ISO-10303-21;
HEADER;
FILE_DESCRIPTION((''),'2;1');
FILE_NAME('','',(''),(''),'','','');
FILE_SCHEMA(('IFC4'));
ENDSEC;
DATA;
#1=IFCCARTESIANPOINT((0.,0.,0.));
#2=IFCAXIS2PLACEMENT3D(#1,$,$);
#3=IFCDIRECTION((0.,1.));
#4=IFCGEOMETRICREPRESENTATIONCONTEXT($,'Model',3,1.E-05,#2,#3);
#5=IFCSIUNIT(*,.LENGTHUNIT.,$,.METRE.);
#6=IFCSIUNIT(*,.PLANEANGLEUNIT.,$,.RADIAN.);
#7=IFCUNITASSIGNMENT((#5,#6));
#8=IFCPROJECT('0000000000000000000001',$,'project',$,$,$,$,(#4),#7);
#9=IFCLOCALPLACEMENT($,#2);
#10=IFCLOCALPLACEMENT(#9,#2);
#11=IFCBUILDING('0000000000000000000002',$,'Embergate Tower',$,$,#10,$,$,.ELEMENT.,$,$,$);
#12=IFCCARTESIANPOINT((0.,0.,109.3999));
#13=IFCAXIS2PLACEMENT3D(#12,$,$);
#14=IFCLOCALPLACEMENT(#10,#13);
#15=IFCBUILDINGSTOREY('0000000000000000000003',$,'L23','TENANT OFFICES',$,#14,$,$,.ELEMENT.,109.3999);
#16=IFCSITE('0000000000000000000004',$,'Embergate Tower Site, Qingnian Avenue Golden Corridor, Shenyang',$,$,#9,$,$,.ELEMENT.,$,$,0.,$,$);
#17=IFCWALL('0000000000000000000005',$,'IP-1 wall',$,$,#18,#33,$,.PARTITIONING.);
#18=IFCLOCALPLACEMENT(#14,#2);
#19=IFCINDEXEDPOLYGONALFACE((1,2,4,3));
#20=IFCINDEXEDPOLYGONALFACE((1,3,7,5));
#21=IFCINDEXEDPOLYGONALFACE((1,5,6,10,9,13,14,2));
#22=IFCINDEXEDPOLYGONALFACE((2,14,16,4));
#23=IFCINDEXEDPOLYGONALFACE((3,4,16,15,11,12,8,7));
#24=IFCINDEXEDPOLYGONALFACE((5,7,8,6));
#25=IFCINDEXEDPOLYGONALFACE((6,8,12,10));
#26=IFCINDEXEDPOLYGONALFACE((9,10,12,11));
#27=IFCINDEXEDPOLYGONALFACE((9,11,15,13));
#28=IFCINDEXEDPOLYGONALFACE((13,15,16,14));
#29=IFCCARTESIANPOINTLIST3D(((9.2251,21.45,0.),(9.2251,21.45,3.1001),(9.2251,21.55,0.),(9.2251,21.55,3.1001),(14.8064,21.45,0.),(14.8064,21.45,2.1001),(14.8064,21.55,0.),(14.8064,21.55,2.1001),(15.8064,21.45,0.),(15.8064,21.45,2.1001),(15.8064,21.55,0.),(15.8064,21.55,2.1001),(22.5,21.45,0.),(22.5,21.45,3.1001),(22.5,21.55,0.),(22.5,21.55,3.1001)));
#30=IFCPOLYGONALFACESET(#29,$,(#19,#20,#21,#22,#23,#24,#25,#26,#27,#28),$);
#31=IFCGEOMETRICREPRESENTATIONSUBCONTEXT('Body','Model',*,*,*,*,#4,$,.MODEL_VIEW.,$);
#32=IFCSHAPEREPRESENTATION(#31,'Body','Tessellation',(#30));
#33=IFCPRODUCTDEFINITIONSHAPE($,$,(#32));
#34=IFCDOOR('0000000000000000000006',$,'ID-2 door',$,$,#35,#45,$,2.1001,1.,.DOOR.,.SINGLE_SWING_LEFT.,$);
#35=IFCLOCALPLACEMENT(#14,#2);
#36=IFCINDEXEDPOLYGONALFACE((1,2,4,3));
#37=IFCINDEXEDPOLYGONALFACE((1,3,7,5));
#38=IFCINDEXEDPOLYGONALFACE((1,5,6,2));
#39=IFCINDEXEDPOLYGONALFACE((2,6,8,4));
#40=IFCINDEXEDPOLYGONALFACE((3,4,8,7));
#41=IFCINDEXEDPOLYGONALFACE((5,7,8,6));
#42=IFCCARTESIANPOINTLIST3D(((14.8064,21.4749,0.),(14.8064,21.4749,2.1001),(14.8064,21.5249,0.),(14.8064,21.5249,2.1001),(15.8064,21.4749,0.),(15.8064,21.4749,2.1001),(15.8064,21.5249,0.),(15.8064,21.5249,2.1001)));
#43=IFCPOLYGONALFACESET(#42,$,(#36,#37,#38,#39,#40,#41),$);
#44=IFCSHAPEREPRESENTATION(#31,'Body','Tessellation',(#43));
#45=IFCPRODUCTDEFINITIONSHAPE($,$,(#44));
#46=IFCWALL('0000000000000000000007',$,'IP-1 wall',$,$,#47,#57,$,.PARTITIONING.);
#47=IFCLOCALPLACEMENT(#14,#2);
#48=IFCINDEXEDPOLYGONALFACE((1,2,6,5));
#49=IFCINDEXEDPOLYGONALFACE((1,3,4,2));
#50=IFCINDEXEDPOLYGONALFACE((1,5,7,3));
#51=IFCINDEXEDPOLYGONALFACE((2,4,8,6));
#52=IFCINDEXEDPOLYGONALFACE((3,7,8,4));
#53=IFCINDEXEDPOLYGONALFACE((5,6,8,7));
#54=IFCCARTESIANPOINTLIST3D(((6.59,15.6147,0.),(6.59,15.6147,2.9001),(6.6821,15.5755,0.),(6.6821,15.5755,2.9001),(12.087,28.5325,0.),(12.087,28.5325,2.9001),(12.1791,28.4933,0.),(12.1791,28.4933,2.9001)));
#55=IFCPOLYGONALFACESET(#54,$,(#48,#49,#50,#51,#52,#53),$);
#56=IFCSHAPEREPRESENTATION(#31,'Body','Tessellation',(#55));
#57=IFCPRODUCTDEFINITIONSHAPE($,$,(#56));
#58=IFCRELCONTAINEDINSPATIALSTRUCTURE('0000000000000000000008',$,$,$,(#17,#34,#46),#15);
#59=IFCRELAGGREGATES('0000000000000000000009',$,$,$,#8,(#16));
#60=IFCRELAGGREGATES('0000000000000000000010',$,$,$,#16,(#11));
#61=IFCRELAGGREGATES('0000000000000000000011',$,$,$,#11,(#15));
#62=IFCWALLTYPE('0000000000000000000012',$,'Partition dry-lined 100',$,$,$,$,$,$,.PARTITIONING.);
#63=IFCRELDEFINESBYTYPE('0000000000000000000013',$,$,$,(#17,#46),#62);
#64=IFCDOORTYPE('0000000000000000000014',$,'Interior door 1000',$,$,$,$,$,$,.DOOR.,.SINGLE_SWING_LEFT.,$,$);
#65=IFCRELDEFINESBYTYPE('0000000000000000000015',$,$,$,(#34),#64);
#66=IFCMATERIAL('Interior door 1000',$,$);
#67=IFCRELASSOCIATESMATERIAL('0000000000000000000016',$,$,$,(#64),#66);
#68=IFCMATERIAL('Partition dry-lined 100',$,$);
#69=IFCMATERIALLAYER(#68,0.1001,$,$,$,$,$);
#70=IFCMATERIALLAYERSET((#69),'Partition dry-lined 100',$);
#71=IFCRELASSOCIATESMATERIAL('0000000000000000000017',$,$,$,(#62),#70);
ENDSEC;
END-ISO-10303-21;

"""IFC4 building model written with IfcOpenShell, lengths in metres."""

from ifc_helpers import new_model, si_unit, direction, frame, frame_2d, origin, place, context, subcontext, project, spatial, rectangle, extrude, source, transform, mapped, material, layer, layer_set, type_object, element, fill, save


model = new_model("IFC4")

# Units and contexts
model_context = context("Model", 3, precision=1e-05, world=origin(), true_north=direction((0.0, 1.0)))
body_context = subcontext(model_context, "Body", "Model", "MODEL_VIEW")
ifc_project = project(units=[si_unit("LENGTHUNIT", "METRE"), si_unit("PLANEANGLEUNIT", "RADIAN")], contexts=[model_context])

# Site, building, storey
site_placement = place(None, origin())
site = spatial("IfcSite", under=ifc_project, at=site_placement, Name="Embergate Tower Site, Qingnian Avenue Golden Corridor, Shenyang", CompositionType="ELEMENT", RefElevation=0.0)
building_placement = place(site_placement, origin())
building = spatial("IfcBuilding", under=site, at=building_placement, Name="Embergate Tower", CompositionType="ELEMENT")
storey_placement = place(building_placement, frame((0.0, 0.0, 109.3999)))
storey = spatial("IfcBuildingStorey", under=building, at=storey_placement, Name="L23", Description="TENANT OFFICES", CompositionType="ELEMENT", Elevation=109.3999)

# Shared definitions
ifc_material_1 = material(Name="Interior door 1000")
door_type_1 = type_object("IfcDoorType", Name="Interior door 1000", OperationType="SINGLE_SWING_LEFT", PredefinedType="DOOR", material=ifc_material_1)
shared_shape_1 = source(origin(), body_context, "Body", "SweptSolid", [
    extrude(rectangle(XDim=1.0, YDim=2.1001, at=frame_2d((0.5, 1.05))), frame((0.0, 0.0249, 0.0), z_axis=(0.0, -1.0, 0.0), x_axis=(1.0, 0.0, 0.0)), (0.0, 0.0, 1.0), 0.05),
])

# Shared definitions
ifc_material_2 = material(Name="Partition dry-lined 100")
ifc_layer_1 = layer(ifc_material_2, 0.1001)
ifc_layer_set_1 = layer_set([ifc_layer_1], Name="Partition dry-lined 100")
wall_type_1 = type_object("IfcWallType", Name="Partition dry-lined 100", PredefinedType="PARTITIONING", material=ifc_layer_set_1)

# Wall, opening, door
shared_shape_2 = source(origin(), body_context, "Body", "SweptSolid", [
    extrude(rectangle(XDim=13.2749, YDim=0.1001, at=frame_2d((6.6375, 0.0))), origin(), (0.0, 0.0, 1.0), 3.1001),
])
wall_1_placement = place(storey_placement, frame((9.2251, 21.5, 0.0), z_axis=(0.0, 0.0, 1.0), x_axis=(1.0, 0.0, 0.0)))
wall_1 = element("IfcWall", 1, at=wall_1_placement, inside=storey, type_object=wall_type_1, Name="IP-1 wall", PredefinedType="PARTITIONING", context=body_context, shape_type="MappedRepresentation", body=[
    mapped(shared_shape_2, transform((0.0, 0.0, 0.0))),
])
shared_shape_3 = source(origin(), body_context, "Body", "SweptSolid", [
    extrude(rectangle(XDim=1.0, YDim=2.1001, at=frame_2d((0.5, 1.05))), frame((0.0, 0.0601, 0.0), z_axis=(0.0, -1.0, 0.0), x_axis=(1.0, 0.0, 0.0)), (0.0, 0.0, 1.0), 0.1201),
])
opening_1_placement = place(wall_1_placement, frame((5.5813, 0.0, 0.0)))
opening_1 = element("IfcOpeningElement", 2, at=opening_1_placement, cuts=wall_1, PredefinedType="OPENING", context=body_context, shape_type="MappedRepresentation", body=[
    mapped(shared_shape_3, transform((0.0, 0.0, 0.0))),
])
door_1_placement = place(opening_1_placement, origin())
door_1 = element("IfcDoor", 3, at=door_1_placement, inside=storey, type_object=door_type_1, Name="ID-2 door", OperationType="SINGLE_SWING_LEFT", OverallHeight=2.1001, OverallWidth=1.0, PredefinedType="DOOR", context=body_context, shape_type="MappedRepresentation", body=[
    mapped(shared_shape_1, transform((0.0, 0.0, 0.0))),
])
fill(opening_1, door_1)

# Wall
shared_shape_4 = source(origin(), body_context, "Body", "SweptSolid", [
    extrude(rectangle(XDim=14.0388, YDim=0.1001, at=frame_2d((7.0195, 0.0))), origin(), (0.0, 0.0, 1.0), 2.9001),
])
wall_2_placement = place(storey_placement, frame((6.636, 15.595, 0.0), z_axis=(0.0, 0.0, 1.0), x_axis=(0.391559, 0.920153, 0.0)))
element("IfcWall", 4, at=wall_2_placement, inside=storey, type_object=wall_type_1, Name="IP-1 wall", PredefinedType="PARTITIONING", context=body_context, shape_type="MappedRepresentation", body=[
    mapped(shared_shape_4, transform((0.0, 0.0, 0.0))),
])

save(model, "model.ifc")
